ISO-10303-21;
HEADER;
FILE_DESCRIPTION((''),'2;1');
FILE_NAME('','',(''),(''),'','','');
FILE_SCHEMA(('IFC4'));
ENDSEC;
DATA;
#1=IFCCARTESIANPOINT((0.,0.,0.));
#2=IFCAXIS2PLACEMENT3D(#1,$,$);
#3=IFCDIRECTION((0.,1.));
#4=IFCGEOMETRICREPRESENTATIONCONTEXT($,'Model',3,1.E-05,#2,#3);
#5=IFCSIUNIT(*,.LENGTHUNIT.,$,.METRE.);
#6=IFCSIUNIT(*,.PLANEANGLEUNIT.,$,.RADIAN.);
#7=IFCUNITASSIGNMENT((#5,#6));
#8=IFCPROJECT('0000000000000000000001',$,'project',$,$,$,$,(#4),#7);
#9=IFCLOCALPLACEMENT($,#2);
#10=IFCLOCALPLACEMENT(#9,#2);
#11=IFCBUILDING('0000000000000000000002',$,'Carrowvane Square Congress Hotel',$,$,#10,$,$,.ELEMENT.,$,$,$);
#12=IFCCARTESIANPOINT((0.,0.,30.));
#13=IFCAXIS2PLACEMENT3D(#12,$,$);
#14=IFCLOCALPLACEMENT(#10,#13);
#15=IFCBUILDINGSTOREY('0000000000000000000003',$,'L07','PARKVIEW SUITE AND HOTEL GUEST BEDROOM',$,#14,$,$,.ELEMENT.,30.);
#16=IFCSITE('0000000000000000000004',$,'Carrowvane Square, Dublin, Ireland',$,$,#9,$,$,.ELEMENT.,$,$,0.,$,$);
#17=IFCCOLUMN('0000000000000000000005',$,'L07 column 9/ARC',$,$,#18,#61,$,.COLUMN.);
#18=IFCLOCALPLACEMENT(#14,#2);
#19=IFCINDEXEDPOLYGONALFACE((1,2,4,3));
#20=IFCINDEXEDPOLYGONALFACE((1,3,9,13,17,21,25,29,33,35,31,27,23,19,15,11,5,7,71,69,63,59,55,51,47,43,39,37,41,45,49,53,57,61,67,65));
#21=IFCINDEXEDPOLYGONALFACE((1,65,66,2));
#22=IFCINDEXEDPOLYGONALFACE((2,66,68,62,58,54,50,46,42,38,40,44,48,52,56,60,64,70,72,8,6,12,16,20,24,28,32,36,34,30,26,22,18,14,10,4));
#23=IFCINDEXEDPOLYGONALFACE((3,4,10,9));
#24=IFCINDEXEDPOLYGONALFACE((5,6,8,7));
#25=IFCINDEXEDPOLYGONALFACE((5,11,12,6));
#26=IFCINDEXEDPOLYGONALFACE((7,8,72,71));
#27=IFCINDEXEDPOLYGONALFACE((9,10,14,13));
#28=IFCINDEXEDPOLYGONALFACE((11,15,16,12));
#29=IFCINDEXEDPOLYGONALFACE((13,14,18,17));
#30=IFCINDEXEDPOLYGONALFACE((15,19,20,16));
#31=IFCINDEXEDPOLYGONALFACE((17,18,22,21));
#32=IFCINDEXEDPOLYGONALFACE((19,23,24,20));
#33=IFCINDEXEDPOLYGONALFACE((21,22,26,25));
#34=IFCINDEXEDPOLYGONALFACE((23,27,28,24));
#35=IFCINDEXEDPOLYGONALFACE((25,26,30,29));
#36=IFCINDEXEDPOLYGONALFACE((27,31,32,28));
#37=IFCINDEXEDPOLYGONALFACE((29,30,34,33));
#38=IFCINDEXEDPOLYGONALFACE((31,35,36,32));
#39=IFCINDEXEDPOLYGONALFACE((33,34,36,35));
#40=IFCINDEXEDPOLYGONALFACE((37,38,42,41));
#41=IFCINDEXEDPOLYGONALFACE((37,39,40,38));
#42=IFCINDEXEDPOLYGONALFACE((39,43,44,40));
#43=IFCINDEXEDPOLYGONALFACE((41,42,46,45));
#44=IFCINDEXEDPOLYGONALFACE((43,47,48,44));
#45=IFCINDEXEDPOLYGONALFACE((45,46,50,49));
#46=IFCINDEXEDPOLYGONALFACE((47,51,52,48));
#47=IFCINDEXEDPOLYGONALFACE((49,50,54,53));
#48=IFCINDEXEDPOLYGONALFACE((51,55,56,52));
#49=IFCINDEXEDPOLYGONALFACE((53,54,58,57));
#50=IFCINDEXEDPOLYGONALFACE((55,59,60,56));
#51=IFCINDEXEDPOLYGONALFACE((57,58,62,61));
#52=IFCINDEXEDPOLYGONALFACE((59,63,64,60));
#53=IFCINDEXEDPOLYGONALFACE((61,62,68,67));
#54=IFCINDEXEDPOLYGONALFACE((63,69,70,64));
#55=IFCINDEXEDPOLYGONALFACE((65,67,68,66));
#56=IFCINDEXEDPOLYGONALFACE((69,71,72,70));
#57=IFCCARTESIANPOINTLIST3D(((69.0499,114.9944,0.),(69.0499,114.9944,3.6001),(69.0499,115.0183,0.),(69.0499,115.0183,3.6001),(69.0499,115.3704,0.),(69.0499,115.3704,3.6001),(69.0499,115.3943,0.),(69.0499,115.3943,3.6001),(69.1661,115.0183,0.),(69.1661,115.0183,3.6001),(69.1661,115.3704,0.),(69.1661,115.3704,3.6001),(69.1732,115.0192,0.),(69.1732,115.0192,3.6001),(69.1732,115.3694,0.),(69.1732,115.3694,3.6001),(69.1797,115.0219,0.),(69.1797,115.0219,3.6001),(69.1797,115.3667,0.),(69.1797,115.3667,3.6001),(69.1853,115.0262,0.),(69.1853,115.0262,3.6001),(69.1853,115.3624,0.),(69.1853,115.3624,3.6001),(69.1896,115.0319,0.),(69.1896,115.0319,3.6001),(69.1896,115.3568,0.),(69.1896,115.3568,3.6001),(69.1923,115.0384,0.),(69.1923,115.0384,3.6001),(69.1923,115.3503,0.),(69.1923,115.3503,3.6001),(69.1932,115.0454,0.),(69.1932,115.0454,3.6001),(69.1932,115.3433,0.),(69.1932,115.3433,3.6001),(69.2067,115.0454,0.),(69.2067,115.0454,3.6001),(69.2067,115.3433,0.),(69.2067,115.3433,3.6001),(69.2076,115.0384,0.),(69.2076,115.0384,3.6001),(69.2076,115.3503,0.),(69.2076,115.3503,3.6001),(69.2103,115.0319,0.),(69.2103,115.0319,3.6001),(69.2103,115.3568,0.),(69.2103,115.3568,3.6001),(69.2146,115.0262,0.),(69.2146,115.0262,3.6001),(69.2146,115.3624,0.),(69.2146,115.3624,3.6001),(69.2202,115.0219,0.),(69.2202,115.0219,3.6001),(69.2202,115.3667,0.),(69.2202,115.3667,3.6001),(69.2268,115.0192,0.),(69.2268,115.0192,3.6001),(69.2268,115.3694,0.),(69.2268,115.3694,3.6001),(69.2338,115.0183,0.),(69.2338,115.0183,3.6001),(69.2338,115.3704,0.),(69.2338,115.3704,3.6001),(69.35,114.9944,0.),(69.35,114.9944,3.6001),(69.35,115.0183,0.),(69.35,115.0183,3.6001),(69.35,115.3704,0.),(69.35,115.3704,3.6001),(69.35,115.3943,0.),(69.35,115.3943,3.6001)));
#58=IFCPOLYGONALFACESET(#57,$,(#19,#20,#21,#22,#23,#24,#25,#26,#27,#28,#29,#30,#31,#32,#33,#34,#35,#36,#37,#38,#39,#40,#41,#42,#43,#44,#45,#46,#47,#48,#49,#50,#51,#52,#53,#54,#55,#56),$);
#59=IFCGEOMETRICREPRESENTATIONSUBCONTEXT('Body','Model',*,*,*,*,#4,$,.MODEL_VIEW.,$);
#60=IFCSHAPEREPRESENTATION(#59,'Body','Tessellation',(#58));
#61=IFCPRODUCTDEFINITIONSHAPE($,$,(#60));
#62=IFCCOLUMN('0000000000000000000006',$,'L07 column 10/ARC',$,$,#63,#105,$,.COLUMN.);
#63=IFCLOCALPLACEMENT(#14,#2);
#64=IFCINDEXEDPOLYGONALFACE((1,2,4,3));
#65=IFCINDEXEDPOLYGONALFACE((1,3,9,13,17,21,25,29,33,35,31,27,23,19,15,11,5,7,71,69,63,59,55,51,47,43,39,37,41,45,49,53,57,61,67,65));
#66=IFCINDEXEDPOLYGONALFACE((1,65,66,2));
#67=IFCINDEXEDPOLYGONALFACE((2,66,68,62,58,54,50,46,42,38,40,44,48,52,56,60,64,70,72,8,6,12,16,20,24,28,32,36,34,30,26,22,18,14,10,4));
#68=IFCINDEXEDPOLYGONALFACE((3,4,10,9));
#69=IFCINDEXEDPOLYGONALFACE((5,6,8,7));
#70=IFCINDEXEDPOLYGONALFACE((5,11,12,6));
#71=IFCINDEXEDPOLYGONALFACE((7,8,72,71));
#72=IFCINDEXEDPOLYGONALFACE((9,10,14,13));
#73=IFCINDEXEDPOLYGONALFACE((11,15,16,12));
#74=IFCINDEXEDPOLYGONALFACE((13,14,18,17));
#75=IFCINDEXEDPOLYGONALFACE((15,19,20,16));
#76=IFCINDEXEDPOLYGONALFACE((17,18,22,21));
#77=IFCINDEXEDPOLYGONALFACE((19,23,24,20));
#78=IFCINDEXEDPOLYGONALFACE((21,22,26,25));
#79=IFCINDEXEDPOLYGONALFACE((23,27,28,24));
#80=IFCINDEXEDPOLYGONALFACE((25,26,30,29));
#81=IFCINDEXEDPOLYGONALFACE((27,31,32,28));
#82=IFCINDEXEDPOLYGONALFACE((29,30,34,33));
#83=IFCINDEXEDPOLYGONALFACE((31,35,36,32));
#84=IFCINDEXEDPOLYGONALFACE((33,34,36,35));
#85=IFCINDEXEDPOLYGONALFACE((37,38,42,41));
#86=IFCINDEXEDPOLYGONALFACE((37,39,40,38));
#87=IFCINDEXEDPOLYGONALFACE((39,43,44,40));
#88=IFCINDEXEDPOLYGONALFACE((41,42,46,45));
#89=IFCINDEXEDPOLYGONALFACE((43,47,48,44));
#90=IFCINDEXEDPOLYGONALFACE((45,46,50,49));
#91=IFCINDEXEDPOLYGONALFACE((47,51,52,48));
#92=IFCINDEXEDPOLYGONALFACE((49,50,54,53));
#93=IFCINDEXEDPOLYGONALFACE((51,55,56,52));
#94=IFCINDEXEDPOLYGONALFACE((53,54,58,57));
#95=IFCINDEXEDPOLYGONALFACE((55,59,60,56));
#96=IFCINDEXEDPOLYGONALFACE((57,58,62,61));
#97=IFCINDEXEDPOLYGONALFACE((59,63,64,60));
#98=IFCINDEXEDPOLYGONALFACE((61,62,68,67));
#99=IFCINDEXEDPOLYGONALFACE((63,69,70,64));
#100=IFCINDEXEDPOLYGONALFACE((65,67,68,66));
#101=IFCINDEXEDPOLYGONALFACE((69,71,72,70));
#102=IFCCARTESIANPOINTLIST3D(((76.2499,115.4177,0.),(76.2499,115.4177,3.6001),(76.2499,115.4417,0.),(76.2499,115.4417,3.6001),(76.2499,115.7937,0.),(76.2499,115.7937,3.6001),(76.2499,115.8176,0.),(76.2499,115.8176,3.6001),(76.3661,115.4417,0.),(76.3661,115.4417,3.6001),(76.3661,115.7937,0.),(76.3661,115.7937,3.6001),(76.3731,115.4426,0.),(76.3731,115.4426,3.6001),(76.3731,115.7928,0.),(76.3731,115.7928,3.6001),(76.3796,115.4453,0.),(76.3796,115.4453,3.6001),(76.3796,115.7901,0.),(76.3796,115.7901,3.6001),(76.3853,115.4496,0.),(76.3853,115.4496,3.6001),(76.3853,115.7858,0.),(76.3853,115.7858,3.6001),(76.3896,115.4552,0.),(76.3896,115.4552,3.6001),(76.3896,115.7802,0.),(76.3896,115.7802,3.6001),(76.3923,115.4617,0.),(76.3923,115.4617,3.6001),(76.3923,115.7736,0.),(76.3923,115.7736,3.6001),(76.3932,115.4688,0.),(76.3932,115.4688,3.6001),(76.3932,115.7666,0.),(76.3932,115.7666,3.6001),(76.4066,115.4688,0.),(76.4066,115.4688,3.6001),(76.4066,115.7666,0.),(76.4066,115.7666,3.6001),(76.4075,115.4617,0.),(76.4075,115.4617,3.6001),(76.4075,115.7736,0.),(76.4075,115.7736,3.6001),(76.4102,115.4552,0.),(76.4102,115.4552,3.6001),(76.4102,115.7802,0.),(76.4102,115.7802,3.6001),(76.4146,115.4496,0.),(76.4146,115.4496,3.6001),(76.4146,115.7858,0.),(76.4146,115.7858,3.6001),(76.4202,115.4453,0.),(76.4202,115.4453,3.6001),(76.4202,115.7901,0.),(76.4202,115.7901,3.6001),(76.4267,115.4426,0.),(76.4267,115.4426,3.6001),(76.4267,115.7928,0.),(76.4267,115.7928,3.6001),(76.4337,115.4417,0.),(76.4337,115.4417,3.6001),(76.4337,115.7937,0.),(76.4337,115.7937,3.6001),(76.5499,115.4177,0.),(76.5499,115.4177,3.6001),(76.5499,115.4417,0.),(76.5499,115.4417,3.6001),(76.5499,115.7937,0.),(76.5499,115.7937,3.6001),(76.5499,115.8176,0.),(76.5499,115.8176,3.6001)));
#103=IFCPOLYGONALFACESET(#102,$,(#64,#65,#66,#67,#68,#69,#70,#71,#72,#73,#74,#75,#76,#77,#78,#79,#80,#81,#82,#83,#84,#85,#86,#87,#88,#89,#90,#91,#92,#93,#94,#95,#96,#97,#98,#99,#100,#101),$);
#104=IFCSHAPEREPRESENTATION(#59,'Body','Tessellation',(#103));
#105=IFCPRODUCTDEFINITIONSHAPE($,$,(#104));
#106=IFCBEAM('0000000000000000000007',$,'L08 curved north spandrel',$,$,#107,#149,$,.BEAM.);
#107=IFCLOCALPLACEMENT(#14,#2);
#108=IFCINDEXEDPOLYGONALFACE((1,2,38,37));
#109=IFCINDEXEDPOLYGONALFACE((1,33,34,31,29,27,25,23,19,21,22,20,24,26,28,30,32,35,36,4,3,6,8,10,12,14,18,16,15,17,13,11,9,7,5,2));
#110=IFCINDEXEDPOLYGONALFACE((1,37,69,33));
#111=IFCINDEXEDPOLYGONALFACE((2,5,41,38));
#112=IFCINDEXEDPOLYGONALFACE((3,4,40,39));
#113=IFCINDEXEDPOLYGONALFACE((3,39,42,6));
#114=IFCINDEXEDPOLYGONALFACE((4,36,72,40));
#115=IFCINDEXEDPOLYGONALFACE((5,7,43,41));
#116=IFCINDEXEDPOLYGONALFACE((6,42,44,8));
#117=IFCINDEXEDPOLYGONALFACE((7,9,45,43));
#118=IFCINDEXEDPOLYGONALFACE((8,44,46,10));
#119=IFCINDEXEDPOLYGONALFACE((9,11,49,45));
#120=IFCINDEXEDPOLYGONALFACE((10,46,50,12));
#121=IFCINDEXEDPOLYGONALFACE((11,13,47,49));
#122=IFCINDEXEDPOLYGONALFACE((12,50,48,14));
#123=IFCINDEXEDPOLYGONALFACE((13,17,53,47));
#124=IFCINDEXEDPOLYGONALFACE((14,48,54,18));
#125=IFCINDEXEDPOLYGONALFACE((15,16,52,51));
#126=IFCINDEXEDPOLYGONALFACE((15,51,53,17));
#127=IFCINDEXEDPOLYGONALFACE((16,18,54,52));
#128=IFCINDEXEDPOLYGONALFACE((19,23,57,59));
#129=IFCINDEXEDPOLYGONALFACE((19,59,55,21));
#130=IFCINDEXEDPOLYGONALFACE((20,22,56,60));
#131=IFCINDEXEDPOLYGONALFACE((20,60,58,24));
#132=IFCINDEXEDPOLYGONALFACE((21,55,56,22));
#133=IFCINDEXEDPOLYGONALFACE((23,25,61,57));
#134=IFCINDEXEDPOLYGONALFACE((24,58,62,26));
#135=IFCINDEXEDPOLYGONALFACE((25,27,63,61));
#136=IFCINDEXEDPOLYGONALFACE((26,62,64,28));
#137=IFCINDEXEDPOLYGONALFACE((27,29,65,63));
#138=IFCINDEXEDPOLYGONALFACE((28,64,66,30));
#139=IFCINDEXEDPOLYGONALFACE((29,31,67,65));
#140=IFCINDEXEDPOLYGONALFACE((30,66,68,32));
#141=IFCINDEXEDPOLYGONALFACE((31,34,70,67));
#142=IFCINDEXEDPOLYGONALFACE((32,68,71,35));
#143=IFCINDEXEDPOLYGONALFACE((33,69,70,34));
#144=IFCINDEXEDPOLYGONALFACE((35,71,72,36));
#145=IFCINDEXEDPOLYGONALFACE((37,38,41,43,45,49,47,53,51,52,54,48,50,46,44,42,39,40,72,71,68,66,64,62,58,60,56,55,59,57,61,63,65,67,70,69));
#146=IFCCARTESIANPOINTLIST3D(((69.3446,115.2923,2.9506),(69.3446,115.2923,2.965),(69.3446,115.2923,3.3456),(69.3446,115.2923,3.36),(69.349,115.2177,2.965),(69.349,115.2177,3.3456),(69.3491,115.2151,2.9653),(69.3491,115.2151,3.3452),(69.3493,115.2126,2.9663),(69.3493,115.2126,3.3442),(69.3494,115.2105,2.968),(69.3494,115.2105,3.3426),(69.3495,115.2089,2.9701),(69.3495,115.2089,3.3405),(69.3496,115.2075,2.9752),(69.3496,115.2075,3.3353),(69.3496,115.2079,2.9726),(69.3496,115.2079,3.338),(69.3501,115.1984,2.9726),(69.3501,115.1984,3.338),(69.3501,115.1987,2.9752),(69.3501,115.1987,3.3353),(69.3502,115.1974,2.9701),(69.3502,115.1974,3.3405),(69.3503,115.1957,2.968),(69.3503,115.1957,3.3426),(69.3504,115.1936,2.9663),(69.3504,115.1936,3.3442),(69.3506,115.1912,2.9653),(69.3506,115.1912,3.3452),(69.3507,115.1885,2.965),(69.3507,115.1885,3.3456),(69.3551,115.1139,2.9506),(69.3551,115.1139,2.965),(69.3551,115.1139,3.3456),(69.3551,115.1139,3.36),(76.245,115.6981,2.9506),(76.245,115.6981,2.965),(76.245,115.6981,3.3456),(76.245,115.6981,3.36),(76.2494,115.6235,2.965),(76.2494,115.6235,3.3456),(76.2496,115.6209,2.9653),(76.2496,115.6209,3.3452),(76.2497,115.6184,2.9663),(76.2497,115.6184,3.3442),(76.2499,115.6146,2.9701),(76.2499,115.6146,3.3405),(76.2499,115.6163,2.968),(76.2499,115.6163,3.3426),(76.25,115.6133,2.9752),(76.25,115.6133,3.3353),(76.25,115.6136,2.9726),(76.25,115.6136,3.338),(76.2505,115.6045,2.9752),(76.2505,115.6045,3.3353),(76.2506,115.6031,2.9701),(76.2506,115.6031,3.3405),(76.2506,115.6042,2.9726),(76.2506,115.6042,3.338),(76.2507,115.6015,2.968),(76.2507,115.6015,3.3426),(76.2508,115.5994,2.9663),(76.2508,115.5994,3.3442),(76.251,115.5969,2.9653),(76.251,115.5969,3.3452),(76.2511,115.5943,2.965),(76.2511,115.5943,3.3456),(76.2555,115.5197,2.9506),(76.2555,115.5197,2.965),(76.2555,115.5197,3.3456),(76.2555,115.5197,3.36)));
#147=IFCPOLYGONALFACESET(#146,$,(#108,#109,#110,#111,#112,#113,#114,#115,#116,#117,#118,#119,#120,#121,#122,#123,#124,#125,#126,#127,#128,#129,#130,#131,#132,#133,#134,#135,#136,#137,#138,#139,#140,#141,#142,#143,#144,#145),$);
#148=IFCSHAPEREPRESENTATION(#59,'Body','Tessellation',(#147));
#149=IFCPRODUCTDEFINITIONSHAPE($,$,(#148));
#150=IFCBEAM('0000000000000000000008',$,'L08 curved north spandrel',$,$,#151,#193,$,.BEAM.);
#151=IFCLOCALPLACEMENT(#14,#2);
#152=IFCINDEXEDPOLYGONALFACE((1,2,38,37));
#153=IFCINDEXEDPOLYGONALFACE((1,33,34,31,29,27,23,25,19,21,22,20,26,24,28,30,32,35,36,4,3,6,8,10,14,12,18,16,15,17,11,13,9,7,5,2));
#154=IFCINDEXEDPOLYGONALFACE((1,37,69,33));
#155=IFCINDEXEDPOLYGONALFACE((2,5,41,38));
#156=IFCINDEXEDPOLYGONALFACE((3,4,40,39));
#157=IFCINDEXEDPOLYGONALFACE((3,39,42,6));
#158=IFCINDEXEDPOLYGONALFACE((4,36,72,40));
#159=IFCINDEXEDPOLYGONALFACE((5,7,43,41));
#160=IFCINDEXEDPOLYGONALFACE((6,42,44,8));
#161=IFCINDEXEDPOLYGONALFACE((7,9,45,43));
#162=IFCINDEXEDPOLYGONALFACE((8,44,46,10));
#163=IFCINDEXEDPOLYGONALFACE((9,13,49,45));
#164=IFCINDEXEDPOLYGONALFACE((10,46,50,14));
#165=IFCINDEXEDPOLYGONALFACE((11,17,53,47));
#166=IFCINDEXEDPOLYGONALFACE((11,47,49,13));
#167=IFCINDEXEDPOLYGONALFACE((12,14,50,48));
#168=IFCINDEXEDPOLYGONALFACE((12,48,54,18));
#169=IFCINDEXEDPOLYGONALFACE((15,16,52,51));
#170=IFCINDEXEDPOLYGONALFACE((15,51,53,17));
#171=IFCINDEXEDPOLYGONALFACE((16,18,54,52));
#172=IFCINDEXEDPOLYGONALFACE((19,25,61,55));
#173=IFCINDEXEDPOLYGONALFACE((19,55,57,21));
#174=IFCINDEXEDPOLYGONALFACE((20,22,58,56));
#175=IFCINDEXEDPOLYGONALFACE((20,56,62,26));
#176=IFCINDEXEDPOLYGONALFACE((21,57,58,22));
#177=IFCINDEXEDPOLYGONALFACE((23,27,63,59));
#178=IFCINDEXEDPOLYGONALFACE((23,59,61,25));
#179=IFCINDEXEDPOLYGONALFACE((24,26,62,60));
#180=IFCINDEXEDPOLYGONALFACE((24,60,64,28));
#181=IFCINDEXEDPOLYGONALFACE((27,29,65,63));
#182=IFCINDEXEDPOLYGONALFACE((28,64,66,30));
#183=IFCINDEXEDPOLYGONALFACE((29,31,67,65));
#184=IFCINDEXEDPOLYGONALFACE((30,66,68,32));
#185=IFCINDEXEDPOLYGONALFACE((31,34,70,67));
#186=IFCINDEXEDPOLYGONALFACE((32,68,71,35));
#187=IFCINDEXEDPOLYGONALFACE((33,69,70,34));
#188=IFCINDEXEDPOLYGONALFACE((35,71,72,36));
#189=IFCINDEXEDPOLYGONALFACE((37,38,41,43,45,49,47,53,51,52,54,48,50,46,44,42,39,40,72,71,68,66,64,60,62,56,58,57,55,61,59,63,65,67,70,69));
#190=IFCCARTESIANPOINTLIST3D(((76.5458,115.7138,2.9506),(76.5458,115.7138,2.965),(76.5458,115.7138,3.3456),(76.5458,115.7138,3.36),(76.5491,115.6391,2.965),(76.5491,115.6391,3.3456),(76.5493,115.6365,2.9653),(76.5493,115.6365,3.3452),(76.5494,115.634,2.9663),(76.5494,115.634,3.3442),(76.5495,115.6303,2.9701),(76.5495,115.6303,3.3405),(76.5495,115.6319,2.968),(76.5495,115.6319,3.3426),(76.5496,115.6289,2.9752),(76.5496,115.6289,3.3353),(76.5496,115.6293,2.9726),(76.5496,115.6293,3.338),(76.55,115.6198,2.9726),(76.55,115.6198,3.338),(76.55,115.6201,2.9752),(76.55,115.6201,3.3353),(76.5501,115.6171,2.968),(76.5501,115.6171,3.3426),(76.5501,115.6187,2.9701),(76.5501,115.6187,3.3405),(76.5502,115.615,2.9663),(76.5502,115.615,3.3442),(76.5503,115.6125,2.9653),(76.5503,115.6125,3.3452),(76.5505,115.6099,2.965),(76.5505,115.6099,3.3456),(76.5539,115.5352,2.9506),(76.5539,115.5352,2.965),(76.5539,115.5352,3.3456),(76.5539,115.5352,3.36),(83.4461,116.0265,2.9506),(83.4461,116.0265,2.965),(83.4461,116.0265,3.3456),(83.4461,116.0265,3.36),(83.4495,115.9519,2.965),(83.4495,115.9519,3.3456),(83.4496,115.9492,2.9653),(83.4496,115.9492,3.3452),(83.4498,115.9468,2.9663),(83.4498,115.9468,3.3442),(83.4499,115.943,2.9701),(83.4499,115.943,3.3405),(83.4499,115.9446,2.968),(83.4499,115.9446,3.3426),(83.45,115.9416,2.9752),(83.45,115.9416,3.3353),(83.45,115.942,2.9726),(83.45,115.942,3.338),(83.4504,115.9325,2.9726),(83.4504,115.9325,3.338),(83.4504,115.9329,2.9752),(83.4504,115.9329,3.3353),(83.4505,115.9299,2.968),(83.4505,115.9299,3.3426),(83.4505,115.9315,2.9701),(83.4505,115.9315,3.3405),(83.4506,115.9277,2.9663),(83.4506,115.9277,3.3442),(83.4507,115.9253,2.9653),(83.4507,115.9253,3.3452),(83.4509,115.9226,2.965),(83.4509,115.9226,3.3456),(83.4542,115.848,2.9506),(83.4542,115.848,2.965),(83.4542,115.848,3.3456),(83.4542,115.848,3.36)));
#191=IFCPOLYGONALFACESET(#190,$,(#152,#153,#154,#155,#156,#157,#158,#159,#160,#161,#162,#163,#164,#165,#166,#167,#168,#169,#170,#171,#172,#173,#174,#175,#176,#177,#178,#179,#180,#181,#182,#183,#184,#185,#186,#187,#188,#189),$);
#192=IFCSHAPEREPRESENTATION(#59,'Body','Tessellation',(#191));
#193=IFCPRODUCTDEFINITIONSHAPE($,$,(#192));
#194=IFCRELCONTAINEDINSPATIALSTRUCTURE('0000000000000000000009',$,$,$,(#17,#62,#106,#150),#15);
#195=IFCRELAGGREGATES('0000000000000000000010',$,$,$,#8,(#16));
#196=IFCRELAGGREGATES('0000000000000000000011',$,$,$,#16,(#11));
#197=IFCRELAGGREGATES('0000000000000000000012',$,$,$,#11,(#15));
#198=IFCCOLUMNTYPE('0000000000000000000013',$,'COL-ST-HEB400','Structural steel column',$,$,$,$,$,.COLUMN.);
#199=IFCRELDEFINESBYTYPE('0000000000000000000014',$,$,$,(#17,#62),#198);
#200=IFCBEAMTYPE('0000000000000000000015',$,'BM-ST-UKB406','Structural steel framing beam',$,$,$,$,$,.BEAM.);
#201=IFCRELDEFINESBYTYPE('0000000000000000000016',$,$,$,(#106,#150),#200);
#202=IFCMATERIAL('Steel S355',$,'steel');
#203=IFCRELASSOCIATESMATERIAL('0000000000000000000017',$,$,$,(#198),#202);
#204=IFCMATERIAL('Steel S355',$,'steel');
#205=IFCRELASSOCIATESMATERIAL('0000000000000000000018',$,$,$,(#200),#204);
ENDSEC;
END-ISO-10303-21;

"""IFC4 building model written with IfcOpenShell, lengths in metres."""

from ifc_helpers import new_model, si_unit, direction, frame, origin, origin_2d, place, context, subcontext, project, spatial, i_section, extrude, material, material_profile, profile_set, type_object, element, save


model = new_model("IFC4")

# Units and contexts
model_context = context("Model", 3, precision=1e-05, world=origin(), true_north=direction((0.0, 1.0)))
body_context = subcontext(model_context, "Body", "Model", "MODEL_VIEW")
ifc_project = project(units=[si_unit("LENGTHUNIT", "METRE"), si_unit("PLANEANGLEUNIT", "RADIAN")], contexts=[model_context])

# Site, building, storey
site_placement = place(None, origin())
site = spatial("IfcSite", under=ifc_project, at=site_placement, Name="Carrowvane Square, Dublin, Ireland", CompositionType="ELEMENT", RefElevation=0.0)
building_placement = place(site_placement, origin())
building = spatial("IfcBuilding", under=site, at=building_placement, Name="Carrowvane Square Congress Hotel", CompositionType="ELEMENT")
storey_placement = place(building_placement, frame((0.0, 0.0, 30.0)))
storey = spatial("IfcBuildingStorey", under=building, at=storey_placement, Name="L07", Description="PARKVIEW SUITE AND HOTEL GUEST BEDROOM", CompositionType="ELEMENT", Elevation=30.0)

# Columns
ifc_material_1 = material(Name="Steel S355", Category="steel")
ifc_material_profile_1 = material_profile(ifc_material_1, i_section(OverallWidth=0.3, OverallDepth=0.3999, WebThickness=0.0134, FlangeThickness=0.0239, FilletRadius=0.0271, at=origin_2d()), Name="HEB 400")
ifc_profile_set_1 = profile_set([ifc_material_profile_1], Name="Steel S355")
column_type = type_object("IfcColumnType", Name="COL-ST-HEB400", Description="Structural steel column", PredefinedType="COLUMN", material=ifc_profile_set_1)
for number, where, z_axis, x_axis, name in (
    (1, (69.2, 115.1943, 0.0), (0.0, 0.0, 1.0), (1.0, 0.0, 0.0), "L07 column 9/ARC"),
    (2, (76.3999, 115.6177, 0.0), (0.0, 0.0, 1.0), (1.0, 0.0, 0.0), "L07 column 10/ARC"),
):
    element("IfcColumn", number, at=place(storey_placement, frame(where, z_axis=z_axis, x_axis=x_axis)), inside=storey, type_object=column_type, Name=name, PredefinedType="COLUMN", context=body_context, shape_type="SweptSolid", body=[
        extrude(i_section(OverallWidth=0.3, OverallDepth=0.3999, WebThickness=0.0134, FlangeThickness=0.0239, FilletRadius=0.0271, at=origin_2d()), origin(), (0.0, 0.0, 1.0), 3.6001),
    ])

# Beams
ifc_material_2 = material(Name="Steel S355", Category="steel")
ifc_material_profile_2 = material_profile(ifc_material_2, i_section(OverallWidth=0.1787, OverallDepth=0.4094, WebThickness=0.0088, FlangeThickness=0.0144, FilletRadius=0.0103, at=origin_2d()), Name="UKB 406x178x67")
ifc_profile_set_2 = profile_set([ifc_material_profile_2], Name="Steel S355")
beam_type = type_object("IfcBeamType", Name="BM-ST-UKB406", Description="Structural steel framing beam", PredefinedType="BEAM", material=ifc_profile_set_2)
beam_1_placement = place(storey_placement, frame((69.3499, 115.2031, 3.1553), z_axis=(0.998276, 0.058701, 0.0), x_axis=(-0.058701, 0.998276, 0.0)))
element("IfcBeam", 3, at=beam_1_placement, inside=storey, type_object=beam_type, Name="L08 curved north spandrel", PredefinedType="BEAM", context=body_context, shape_type="SweptSolid", body=[
    extrude(i_section(OverallWidth=0.1787, OverallDepth=0.4094, WebThickness=0.0088, FlangeThickness=0.0144, FilletRadius=0.0103, at=origin_2d()), origin(), (0.0, 0.0, 1.0), 6.9124),
])
beam_2_placement = place(storey_placement, frame((76.5498, 115.6245, 3.1553), z_axis=(0.998975, 0.045276, 0.0), x_axis=(-0.045276, 0.998975, 0.0)))
element("IfcBeam", 4, at=beam_2_placement, inside=storey, type_object=beam_type, Name="L08 curved north spandrel", PredefinedType="BEAM", context=body_context, shape_type="SweptSolid", body=[
    extrude(i_section(OverallWidth=0.1787, OverallDepth=0.4094, WebThickness=0.0088, FlangeThickness=0.0144, FilletRadius=0.0103, at=origin_2d()), origin(), (0.0, 0.0, 1.0), 6.9075),
])

save(model, "model.ifc")
